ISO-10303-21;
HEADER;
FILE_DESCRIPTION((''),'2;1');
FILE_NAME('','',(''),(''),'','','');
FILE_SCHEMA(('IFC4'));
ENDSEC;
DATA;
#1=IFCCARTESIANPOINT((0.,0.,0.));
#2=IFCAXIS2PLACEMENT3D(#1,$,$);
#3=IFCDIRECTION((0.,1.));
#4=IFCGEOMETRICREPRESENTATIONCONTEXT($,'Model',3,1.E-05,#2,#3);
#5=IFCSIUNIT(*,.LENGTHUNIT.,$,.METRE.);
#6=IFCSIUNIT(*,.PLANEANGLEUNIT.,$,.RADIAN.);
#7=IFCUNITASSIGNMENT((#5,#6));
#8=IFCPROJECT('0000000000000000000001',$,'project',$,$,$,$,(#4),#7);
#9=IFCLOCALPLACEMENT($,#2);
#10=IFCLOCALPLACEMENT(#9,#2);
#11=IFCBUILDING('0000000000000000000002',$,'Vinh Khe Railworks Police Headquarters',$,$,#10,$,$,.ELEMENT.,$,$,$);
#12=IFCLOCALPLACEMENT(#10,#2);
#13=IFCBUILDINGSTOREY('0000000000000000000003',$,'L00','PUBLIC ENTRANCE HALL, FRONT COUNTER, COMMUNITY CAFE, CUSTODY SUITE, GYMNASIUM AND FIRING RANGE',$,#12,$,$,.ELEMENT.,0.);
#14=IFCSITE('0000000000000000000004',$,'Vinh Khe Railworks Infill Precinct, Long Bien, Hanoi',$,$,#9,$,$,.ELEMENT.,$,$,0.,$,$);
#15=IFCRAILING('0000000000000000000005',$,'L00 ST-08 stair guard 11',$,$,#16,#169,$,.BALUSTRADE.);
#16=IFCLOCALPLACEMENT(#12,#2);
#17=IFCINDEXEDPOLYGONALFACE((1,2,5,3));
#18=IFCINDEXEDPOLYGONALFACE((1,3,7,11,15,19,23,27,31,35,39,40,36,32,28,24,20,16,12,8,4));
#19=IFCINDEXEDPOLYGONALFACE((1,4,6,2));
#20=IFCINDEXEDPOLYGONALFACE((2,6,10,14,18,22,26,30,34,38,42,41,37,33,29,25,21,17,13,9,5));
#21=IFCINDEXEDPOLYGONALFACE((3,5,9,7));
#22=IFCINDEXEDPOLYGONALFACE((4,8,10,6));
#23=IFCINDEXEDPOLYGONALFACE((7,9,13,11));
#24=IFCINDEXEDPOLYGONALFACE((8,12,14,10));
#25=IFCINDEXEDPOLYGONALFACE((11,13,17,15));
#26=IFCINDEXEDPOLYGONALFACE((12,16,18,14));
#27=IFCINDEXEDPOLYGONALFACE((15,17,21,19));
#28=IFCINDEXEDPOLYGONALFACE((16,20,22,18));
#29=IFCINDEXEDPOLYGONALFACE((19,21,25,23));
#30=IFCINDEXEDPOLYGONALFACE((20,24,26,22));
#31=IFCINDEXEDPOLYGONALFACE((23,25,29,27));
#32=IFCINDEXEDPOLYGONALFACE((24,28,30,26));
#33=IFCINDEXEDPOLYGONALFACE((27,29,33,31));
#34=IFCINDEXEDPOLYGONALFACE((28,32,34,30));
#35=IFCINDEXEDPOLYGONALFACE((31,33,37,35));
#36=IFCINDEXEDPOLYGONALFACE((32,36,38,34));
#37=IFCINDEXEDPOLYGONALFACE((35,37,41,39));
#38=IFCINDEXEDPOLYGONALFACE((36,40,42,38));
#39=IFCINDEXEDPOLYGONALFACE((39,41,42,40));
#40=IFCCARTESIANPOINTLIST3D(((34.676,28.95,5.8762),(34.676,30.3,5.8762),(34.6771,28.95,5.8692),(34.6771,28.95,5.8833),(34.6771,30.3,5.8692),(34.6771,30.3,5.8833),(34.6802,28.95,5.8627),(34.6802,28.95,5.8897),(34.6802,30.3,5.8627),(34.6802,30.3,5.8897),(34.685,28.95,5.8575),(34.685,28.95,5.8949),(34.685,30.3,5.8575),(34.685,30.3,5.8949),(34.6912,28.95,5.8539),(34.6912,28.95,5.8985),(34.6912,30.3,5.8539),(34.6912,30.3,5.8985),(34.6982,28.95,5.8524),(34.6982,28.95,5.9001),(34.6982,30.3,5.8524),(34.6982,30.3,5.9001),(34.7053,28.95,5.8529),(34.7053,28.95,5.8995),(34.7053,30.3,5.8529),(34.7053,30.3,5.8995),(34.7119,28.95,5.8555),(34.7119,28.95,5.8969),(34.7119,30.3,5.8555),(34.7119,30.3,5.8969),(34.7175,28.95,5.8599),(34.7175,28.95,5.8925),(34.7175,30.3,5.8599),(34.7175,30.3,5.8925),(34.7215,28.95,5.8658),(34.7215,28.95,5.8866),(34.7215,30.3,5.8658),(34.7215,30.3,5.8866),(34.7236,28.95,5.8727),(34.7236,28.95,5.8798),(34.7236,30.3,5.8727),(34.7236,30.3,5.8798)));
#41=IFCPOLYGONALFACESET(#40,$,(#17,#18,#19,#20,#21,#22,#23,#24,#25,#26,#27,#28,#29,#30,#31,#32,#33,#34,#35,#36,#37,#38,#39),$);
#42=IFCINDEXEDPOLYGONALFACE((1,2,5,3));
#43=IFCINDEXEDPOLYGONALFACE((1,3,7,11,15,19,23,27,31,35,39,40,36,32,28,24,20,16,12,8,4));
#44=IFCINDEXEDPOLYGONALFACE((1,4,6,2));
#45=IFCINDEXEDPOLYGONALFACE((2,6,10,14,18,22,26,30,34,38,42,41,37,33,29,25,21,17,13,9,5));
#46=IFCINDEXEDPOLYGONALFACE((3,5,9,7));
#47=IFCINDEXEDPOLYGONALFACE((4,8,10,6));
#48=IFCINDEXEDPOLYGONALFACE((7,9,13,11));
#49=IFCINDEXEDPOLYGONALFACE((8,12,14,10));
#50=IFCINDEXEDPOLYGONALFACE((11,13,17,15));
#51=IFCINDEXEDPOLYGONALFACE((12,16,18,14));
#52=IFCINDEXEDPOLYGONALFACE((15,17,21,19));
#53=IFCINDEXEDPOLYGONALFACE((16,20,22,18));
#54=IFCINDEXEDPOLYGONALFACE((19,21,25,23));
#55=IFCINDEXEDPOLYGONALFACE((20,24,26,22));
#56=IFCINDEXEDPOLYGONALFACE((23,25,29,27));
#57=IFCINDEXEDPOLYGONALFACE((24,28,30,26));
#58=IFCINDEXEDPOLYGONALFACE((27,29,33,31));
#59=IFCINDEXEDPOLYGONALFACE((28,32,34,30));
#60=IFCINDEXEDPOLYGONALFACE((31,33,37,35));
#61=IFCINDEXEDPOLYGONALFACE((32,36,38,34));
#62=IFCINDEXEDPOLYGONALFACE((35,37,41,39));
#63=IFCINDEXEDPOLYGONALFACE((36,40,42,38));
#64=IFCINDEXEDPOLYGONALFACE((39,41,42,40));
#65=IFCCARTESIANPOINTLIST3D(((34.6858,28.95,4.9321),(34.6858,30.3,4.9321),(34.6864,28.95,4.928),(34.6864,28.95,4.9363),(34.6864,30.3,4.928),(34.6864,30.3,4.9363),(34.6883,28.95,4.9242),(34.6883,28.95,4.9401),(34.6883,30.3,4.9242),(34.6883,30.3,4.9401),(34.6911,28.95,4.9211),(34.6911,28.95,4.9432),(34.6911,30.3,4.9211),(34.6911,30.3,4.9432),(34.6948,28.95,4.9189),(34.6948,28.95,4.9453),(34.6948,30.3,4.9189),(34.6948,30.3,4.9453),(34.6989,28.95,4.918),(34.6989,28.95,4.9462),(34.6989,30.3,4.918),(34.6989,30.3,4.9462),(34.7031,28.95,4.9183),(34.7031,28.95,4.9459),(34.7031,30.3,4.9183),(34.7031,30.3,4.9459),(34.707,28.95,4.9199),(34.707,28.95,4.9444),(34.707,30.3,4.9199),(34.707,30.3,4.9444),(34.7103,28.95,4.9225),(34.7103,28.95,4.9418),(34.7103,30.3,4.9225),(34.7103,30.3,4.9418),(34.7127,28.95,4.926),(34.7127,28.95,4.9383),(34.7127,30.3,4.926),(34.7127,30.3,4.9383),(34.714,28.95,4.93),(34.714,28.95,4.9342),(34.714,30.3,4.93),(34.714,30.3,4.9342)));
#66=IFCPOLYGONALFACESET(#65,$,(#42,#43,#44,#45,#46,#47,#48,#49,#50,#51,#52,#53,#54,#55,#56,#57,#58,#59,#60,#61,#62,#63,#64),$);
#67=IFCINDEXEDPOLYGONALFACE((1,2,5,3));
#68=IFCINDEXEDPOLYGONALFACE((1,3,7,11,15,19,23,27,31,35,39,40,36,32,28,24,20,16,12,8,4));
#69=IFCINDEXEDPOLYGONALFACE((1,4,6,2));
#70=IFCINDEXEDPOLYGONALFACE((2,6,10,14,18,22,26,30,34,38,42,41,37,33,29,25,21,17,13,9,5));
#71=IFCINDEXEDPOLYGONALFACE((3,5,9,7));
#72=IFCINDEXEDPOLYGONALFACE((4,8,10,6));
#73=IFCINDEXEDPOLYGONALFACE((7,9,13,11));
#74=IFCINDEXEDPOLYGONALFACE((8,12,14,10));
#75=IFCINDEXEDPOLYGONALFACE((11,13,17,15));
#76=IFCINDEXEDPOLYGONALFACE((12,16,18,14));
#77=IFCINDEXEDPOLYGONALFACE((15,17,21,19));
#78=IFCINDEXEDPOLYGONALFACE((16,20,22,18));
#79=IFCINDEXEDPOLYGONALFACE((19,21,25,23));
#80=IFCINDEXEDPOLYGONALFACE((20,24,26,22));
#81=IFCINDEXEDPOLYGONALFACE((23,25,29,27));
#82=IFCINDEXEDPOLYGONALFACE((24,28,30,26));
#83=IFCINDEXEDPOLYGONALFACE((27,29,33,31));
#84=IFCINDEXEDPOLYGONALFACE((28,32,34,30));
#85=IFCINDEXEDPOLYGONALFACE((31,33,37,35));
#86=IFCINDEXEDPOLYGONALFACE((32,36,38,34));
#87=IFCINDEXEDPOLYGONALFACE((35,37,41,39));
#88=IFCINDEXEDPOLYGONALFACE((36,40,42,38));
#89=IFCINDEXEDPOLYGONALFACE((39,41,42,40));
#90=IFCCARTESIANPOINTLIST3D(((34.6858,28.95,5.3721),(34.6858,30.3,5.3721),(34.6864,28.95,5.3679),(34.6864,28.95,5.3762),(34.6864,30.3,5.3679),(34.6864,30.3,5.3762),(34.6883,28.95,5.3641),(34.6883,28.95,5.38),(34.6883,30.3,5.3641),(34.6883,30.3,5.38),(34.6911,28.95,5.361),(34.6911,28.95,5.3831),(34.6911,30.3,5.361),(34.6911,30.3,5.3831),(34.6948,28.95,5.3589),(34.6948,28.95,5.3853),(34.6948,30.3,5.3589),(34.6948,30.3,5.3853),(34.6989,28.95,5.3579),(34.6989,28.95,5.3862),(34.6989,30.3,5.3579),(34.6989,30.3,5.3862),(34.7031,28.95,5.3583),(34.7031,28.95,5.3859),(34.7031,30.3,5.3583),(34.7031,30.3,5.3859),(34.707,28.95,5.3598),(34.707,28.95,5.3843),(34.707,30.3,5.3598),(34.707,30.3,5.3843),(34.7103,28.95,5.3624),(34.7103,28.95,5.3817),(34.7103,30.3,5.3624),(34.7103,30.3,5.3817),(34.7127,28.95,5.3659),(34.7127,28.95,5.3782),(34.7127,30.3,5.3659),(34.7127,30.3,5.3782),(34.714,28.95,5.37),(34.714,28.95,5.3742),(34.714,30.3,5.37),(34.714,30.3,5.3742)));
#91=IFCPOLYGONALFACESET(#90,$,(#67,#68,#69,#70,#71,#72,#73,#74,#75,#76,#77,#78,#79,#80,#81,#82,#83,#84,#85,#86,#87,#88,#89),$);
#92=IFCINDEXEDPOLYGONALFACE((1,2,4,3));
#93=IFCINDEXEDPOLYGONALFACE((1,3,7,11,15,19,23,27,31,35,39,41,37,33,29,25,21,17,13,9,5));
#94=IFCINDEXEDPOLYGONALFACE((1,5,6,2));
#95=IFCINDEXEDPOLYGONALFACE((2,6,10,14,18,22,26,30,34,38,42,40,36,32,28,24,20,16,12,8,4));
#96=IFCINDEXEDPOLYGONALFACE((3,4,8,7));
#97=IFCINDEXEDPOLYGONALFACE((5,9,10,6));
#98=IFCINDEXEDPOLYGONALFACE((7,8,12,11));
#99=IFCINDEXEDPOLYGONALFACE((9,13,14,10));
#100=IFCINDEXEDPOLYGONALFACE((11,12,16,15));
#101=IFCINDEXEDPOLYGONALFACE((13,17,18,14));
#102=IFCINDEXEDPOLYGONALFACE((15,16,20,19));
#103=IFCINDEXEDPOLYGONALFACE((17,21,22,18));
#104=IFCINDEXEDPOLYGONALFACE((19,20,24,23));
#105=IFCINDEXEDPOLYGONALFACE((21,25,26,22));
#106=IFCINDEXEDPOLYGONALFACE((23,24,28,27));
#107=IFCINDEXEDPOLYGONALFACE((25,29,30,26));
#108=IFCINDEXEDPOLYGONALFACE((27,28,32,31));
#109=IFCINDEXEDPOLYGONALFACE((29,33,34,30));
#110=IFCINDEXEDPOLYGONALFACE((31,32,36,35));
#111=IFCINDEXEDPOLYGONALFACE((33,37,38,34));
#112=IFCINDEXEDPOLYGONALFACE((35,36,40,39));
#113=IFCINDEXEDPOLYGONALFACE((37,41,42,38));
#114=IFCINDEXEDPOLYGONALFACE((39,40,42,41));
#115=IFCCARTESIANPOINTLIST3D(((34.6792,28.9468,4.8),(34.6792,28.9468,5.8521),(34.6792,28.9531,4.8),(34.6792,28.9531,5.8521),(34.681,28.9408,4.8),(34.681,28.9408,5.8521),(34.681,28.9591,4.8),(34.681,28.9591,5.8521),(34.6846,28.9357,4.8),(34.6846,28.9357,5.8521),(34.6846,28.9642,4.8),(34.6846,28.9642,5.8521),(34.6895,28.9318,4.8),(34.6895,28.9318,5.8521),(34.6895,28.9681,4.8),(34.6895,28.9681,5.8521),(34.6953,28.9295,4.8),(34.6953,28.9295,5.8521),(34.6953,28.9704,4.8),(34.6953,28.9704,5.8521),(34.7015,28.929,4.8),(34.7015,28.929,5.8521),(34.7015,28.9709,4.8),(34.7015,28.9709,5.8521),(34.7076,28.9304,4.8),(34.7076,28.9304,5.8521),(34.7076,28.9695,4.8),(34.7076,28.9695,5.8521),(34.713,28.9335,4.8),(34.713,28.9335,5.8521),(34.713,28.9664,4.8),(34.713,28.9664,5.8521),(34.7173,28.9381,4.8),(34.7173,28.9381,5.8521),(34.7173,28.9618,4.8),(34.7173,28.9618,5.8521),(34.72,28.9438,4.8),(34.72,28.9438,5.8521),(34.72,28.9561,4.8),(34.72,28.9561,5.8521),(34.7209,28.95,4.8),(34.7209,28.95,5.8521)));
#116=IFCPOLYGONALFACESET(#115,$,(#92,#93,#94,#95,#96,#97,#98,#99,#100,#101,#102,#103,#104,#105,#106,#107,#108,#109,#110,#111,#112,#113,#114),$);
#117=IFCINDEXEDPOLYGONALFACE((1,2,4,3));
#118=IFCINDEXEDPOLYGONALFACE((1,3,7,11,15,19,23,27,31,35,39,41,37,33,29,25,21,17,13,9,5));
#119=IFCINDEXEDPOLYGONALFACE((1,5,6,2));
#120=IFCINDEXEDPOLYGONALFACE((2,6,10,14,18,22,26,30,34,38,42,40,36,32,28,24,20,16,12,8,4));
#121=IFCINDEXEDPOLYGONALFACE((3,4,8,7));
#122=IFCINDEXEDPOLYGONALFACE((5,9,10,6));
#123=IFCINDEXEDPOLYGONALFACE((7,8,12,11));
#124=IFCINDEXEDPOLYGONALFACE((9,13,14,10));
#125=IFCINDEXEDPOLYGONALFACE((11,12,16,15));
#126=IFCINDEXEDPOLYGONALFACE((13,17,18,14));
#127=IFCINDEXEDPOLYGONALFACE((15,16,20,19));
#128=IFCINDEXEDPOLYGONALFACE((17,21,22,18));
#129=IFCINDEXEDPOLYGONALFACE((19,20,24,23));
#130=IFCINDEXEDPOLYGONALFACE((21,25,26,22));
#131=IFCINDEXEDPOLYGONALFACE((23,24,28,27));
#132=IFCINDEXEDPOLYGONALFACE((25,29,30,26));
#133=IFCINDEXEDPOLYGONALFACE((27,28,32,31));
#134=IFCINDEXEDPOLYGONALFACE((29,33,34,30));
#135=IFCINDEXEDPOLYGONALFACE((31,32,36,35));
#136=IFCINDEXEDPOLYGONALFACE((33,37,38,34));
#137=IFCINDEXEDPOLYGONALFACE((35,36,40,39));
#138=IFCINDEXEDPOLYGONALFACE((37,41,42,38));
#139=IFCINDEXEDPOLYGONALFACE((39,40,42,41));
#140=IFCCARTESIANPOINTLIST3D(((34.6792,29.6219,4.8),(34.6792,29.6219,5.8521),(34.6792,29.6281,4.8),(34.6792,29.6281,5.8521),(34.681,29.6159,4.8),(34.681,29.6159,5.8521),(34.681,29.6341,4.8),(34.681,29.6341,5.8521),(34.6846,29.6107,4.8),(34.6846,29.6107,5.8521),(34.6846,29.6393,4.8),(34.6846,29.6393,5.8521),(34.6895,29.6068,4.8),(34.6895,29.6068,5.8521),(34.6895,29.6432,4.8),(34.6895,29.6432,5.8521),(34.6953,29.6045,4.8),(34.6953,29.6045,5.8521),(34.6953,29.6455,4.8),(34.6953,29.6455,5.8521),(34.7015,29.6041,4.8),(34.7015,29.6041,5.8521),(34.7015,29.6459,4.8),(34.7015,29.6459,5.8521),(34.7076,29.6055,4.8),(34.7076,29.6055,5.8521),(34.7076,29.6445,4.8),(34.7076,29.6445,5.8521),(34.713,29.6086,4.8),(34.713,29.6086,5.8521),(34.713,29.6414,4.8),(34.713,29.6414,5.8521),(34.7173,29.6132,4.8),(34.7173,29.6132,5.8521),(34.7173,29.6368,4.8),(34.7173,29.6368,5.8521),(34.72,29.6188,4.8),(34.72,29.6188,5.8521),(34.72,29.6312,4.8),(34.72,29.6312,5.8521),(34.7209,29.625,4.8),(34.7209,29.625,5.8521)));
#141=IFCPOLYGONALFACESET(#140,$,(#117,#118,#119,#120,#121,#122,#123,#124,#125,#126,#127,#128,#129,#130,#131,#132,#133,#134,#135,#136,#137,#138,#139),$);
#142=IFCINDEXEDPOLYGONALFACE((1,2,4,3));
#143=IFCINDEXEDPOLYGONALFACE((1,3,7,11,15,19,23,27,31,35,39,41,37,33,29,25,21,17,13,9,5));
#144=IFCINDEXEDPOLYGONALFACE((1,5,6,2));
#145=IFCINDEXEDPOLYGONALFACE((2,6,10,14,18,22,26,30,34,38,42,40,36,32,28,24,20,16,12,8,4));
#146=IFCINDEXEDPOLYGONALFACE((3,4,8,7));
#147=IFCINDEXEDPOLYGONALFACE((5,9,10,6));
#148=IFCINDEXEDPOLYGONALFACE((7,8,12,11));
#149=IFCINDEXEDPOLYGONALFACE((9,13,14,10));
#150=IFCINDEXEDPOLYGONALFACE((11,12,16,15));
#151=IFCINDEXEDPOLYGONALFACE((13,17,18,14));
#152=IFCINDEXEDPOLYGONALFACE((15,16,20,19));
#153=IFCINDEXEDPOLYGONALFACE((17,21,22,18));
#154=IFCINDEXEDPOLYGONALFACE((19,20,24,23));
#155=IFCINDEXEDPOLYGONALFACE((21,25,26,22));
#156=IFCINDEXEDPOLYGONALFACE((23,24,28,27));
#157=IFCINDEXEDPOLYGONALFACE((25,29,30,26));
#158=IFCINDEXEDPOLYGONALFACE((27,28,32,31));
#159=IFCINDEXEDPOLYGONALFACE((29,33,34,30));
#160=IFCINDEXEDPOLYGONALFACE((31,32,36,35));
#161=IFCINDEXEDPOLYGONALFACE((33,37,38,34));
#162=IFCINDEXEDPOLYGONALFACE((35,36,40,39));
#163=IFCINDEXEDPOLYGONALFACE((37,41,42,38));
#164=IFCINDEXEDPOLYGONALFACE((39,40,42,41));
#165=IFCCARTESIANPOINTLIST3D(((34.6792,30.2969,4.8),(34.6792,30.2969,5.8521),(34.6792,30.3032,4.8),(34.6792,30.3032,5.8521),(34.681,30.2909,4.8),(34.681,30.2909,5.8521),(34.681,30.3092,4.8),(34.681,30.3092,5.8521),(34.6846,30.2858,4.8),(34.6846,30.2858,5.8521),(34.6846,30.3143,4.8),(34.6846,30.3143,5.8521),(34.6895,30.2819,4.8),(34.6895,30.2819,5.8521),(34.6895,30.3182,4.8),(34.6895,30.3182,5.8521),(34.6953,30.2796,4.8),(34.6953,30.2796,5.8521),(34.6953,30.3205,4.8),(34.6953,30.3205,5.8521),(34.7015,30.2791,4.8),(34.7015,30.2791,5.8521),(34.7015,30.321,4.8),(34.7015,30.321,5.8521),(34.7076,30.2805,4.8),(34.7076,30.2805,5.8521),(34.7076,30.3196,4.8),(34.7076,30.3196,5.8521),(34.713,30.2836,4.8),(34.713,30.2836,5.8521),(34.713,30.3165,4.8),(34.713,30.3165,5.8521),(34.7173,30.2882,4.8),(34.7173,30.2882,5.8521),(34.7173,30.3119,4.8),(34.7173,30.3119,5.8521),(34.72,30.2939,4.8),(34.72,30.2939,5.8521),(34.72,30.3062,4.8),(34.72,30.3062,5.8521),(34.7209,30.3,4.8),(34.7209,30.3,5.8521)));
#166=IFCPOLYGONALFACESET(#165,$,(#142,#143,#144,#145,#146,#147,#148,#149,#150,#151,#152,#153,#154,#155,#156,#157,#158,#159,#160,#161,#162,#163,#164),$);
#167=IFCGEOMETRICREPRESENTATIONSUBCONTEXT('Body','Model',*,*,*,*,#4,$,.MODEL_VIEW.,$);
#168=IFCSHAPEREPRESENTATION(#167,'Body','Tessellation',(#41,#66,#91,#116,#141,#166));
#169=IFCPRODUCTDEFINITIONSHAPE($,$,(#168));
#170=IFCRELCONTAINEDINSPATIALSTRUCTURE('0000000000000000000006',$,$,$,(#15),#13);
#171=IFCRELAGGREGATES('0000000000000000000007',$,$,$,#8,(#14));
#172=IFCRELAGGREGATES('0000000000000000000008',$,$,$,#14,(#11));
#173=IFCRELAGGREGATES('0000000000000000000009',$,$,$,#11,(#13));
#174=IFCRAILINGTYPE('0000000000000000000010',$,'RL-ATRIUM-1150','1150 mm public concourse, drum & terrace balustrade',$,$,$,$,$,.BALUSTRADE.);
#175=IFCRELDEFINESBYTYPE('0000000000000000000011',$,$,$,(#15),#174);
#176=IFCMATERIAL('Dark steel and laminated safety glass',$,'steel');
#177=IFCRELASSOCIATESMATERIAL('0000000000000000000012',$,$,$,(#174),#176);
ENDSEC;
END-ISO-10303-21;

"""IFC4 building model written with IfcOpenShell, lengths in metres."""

from ifc_helpers import new_model, si_unit, direction, frame, origin, origin_2d, place, context, subcontext, project, spatial, circle, extrude, material, type_object, element, save


model = new_model("IFC4")

# Units and contexts
model_context = context("Model", 3, precision=1e-05, world=origin(), true_north=direction((0.0, 1.0)))
body_context = subcontext(model_context, "Body", "Model", "MODEL_VIEW")
ifc_project = project(units=[si_unit("LENGTHUNIT", "METRE"), si_unit("PLANEANGLEUNIT", "RADIAN")], contexts=[model_context])

# Site, building, storey
site_placement = place(None, origin())
site = spatial("IfcSite", under=ifc_project, at=site_placement, Name="Vinh Khe Railworks Infill Precinct, Long Bien, Hanoi", CompositionType="ELEMENT", RefElevation=0.0)
building_placement = place(site_placement, origin())
building = spatial("IfcBuilding", under=site, at=building_placement, Name="Vinh Khe Railworks Police Headquarters", CompositionType="ELEMENT")
storey_placement = place(building_placement, origin())
storey = spatial("IfcBuildingStorey", under=building, at=storey_placement, Name="L00", Description="PUBLIC ENTRANCE HALL, FRONT COUNTER, COMMUNITY CAFE, CUSTODY SUITE, GYMNASIUM AND FIRING RANGE", CompositionType="ELEMENT", Elevation=0.0)

# Railing
ifc_material_1 = material(Name="Dark steel and laminated safety glass", Category="steel")
railing_type = type_object("IfcRailingType", Name="RL-ATRIUM-1150", Description="1150 mm public concourse, drum & terrace balustrade", PredefinedType="BALUSTRADE", material=ifc_material_1)
for number, where, name in (
    (1, (34.7, 28.95, 4.8), "L00 ST-08 stair guard 11"),
):
    element("IfcRailing", number, at=place(storey_placement, frame(where)), inside=storey, type_object=railing_type, Name=name, PredefinedType="BALUSTRADE", context=body_context, shape_type="SweptSolid", body=[
        extrude(circle(Radius=0.0239, at=origin_2d()), frame((0.0, 0.0, 1.0762), z_axis=(0.0, 1.0, 0.0), x_axis=(-1.0, 0.0, 0.0)), (0.0, 0.0, 1.0), 1.3501),
        extrude(circle(Radius=0.0142, at=origin_2d()), frame((0.0, 0.0, 0.1321), z_axis=(0.0, 1.0, 0.0), x_axis=(-1.0, 0.0, 0.0)), (0.0, 0.0, 1.0), 1.3501),
        extrude(circle(Radius=0.0142, at=origin_2d()), frame((0.0, 0.0, 0.572), z_axis=(0.0, 1.0, 0.0), x_axis=(-1.0, 0.0, 0.0)), (0.0, 0.0, 1.0), 1.3501),
        extrude(circle(Radius=0.021, at=origin_2d()), origin(), (0.0, 0.0, 1.0), 1.052),
        extrude(circle(Radius=0.021, at=origin_2d()), frame((0.0, 0.675, 0.0)), (0.0, 0.0, 1.0), 1.052),
        extrude(circle(Radius=0.021, at=origin_2d()), frame((0.0, 1.3501, 0.0)), (0.0, 0.0, 1.0), 1.052),
    ])

save(model, "model.ifc")
